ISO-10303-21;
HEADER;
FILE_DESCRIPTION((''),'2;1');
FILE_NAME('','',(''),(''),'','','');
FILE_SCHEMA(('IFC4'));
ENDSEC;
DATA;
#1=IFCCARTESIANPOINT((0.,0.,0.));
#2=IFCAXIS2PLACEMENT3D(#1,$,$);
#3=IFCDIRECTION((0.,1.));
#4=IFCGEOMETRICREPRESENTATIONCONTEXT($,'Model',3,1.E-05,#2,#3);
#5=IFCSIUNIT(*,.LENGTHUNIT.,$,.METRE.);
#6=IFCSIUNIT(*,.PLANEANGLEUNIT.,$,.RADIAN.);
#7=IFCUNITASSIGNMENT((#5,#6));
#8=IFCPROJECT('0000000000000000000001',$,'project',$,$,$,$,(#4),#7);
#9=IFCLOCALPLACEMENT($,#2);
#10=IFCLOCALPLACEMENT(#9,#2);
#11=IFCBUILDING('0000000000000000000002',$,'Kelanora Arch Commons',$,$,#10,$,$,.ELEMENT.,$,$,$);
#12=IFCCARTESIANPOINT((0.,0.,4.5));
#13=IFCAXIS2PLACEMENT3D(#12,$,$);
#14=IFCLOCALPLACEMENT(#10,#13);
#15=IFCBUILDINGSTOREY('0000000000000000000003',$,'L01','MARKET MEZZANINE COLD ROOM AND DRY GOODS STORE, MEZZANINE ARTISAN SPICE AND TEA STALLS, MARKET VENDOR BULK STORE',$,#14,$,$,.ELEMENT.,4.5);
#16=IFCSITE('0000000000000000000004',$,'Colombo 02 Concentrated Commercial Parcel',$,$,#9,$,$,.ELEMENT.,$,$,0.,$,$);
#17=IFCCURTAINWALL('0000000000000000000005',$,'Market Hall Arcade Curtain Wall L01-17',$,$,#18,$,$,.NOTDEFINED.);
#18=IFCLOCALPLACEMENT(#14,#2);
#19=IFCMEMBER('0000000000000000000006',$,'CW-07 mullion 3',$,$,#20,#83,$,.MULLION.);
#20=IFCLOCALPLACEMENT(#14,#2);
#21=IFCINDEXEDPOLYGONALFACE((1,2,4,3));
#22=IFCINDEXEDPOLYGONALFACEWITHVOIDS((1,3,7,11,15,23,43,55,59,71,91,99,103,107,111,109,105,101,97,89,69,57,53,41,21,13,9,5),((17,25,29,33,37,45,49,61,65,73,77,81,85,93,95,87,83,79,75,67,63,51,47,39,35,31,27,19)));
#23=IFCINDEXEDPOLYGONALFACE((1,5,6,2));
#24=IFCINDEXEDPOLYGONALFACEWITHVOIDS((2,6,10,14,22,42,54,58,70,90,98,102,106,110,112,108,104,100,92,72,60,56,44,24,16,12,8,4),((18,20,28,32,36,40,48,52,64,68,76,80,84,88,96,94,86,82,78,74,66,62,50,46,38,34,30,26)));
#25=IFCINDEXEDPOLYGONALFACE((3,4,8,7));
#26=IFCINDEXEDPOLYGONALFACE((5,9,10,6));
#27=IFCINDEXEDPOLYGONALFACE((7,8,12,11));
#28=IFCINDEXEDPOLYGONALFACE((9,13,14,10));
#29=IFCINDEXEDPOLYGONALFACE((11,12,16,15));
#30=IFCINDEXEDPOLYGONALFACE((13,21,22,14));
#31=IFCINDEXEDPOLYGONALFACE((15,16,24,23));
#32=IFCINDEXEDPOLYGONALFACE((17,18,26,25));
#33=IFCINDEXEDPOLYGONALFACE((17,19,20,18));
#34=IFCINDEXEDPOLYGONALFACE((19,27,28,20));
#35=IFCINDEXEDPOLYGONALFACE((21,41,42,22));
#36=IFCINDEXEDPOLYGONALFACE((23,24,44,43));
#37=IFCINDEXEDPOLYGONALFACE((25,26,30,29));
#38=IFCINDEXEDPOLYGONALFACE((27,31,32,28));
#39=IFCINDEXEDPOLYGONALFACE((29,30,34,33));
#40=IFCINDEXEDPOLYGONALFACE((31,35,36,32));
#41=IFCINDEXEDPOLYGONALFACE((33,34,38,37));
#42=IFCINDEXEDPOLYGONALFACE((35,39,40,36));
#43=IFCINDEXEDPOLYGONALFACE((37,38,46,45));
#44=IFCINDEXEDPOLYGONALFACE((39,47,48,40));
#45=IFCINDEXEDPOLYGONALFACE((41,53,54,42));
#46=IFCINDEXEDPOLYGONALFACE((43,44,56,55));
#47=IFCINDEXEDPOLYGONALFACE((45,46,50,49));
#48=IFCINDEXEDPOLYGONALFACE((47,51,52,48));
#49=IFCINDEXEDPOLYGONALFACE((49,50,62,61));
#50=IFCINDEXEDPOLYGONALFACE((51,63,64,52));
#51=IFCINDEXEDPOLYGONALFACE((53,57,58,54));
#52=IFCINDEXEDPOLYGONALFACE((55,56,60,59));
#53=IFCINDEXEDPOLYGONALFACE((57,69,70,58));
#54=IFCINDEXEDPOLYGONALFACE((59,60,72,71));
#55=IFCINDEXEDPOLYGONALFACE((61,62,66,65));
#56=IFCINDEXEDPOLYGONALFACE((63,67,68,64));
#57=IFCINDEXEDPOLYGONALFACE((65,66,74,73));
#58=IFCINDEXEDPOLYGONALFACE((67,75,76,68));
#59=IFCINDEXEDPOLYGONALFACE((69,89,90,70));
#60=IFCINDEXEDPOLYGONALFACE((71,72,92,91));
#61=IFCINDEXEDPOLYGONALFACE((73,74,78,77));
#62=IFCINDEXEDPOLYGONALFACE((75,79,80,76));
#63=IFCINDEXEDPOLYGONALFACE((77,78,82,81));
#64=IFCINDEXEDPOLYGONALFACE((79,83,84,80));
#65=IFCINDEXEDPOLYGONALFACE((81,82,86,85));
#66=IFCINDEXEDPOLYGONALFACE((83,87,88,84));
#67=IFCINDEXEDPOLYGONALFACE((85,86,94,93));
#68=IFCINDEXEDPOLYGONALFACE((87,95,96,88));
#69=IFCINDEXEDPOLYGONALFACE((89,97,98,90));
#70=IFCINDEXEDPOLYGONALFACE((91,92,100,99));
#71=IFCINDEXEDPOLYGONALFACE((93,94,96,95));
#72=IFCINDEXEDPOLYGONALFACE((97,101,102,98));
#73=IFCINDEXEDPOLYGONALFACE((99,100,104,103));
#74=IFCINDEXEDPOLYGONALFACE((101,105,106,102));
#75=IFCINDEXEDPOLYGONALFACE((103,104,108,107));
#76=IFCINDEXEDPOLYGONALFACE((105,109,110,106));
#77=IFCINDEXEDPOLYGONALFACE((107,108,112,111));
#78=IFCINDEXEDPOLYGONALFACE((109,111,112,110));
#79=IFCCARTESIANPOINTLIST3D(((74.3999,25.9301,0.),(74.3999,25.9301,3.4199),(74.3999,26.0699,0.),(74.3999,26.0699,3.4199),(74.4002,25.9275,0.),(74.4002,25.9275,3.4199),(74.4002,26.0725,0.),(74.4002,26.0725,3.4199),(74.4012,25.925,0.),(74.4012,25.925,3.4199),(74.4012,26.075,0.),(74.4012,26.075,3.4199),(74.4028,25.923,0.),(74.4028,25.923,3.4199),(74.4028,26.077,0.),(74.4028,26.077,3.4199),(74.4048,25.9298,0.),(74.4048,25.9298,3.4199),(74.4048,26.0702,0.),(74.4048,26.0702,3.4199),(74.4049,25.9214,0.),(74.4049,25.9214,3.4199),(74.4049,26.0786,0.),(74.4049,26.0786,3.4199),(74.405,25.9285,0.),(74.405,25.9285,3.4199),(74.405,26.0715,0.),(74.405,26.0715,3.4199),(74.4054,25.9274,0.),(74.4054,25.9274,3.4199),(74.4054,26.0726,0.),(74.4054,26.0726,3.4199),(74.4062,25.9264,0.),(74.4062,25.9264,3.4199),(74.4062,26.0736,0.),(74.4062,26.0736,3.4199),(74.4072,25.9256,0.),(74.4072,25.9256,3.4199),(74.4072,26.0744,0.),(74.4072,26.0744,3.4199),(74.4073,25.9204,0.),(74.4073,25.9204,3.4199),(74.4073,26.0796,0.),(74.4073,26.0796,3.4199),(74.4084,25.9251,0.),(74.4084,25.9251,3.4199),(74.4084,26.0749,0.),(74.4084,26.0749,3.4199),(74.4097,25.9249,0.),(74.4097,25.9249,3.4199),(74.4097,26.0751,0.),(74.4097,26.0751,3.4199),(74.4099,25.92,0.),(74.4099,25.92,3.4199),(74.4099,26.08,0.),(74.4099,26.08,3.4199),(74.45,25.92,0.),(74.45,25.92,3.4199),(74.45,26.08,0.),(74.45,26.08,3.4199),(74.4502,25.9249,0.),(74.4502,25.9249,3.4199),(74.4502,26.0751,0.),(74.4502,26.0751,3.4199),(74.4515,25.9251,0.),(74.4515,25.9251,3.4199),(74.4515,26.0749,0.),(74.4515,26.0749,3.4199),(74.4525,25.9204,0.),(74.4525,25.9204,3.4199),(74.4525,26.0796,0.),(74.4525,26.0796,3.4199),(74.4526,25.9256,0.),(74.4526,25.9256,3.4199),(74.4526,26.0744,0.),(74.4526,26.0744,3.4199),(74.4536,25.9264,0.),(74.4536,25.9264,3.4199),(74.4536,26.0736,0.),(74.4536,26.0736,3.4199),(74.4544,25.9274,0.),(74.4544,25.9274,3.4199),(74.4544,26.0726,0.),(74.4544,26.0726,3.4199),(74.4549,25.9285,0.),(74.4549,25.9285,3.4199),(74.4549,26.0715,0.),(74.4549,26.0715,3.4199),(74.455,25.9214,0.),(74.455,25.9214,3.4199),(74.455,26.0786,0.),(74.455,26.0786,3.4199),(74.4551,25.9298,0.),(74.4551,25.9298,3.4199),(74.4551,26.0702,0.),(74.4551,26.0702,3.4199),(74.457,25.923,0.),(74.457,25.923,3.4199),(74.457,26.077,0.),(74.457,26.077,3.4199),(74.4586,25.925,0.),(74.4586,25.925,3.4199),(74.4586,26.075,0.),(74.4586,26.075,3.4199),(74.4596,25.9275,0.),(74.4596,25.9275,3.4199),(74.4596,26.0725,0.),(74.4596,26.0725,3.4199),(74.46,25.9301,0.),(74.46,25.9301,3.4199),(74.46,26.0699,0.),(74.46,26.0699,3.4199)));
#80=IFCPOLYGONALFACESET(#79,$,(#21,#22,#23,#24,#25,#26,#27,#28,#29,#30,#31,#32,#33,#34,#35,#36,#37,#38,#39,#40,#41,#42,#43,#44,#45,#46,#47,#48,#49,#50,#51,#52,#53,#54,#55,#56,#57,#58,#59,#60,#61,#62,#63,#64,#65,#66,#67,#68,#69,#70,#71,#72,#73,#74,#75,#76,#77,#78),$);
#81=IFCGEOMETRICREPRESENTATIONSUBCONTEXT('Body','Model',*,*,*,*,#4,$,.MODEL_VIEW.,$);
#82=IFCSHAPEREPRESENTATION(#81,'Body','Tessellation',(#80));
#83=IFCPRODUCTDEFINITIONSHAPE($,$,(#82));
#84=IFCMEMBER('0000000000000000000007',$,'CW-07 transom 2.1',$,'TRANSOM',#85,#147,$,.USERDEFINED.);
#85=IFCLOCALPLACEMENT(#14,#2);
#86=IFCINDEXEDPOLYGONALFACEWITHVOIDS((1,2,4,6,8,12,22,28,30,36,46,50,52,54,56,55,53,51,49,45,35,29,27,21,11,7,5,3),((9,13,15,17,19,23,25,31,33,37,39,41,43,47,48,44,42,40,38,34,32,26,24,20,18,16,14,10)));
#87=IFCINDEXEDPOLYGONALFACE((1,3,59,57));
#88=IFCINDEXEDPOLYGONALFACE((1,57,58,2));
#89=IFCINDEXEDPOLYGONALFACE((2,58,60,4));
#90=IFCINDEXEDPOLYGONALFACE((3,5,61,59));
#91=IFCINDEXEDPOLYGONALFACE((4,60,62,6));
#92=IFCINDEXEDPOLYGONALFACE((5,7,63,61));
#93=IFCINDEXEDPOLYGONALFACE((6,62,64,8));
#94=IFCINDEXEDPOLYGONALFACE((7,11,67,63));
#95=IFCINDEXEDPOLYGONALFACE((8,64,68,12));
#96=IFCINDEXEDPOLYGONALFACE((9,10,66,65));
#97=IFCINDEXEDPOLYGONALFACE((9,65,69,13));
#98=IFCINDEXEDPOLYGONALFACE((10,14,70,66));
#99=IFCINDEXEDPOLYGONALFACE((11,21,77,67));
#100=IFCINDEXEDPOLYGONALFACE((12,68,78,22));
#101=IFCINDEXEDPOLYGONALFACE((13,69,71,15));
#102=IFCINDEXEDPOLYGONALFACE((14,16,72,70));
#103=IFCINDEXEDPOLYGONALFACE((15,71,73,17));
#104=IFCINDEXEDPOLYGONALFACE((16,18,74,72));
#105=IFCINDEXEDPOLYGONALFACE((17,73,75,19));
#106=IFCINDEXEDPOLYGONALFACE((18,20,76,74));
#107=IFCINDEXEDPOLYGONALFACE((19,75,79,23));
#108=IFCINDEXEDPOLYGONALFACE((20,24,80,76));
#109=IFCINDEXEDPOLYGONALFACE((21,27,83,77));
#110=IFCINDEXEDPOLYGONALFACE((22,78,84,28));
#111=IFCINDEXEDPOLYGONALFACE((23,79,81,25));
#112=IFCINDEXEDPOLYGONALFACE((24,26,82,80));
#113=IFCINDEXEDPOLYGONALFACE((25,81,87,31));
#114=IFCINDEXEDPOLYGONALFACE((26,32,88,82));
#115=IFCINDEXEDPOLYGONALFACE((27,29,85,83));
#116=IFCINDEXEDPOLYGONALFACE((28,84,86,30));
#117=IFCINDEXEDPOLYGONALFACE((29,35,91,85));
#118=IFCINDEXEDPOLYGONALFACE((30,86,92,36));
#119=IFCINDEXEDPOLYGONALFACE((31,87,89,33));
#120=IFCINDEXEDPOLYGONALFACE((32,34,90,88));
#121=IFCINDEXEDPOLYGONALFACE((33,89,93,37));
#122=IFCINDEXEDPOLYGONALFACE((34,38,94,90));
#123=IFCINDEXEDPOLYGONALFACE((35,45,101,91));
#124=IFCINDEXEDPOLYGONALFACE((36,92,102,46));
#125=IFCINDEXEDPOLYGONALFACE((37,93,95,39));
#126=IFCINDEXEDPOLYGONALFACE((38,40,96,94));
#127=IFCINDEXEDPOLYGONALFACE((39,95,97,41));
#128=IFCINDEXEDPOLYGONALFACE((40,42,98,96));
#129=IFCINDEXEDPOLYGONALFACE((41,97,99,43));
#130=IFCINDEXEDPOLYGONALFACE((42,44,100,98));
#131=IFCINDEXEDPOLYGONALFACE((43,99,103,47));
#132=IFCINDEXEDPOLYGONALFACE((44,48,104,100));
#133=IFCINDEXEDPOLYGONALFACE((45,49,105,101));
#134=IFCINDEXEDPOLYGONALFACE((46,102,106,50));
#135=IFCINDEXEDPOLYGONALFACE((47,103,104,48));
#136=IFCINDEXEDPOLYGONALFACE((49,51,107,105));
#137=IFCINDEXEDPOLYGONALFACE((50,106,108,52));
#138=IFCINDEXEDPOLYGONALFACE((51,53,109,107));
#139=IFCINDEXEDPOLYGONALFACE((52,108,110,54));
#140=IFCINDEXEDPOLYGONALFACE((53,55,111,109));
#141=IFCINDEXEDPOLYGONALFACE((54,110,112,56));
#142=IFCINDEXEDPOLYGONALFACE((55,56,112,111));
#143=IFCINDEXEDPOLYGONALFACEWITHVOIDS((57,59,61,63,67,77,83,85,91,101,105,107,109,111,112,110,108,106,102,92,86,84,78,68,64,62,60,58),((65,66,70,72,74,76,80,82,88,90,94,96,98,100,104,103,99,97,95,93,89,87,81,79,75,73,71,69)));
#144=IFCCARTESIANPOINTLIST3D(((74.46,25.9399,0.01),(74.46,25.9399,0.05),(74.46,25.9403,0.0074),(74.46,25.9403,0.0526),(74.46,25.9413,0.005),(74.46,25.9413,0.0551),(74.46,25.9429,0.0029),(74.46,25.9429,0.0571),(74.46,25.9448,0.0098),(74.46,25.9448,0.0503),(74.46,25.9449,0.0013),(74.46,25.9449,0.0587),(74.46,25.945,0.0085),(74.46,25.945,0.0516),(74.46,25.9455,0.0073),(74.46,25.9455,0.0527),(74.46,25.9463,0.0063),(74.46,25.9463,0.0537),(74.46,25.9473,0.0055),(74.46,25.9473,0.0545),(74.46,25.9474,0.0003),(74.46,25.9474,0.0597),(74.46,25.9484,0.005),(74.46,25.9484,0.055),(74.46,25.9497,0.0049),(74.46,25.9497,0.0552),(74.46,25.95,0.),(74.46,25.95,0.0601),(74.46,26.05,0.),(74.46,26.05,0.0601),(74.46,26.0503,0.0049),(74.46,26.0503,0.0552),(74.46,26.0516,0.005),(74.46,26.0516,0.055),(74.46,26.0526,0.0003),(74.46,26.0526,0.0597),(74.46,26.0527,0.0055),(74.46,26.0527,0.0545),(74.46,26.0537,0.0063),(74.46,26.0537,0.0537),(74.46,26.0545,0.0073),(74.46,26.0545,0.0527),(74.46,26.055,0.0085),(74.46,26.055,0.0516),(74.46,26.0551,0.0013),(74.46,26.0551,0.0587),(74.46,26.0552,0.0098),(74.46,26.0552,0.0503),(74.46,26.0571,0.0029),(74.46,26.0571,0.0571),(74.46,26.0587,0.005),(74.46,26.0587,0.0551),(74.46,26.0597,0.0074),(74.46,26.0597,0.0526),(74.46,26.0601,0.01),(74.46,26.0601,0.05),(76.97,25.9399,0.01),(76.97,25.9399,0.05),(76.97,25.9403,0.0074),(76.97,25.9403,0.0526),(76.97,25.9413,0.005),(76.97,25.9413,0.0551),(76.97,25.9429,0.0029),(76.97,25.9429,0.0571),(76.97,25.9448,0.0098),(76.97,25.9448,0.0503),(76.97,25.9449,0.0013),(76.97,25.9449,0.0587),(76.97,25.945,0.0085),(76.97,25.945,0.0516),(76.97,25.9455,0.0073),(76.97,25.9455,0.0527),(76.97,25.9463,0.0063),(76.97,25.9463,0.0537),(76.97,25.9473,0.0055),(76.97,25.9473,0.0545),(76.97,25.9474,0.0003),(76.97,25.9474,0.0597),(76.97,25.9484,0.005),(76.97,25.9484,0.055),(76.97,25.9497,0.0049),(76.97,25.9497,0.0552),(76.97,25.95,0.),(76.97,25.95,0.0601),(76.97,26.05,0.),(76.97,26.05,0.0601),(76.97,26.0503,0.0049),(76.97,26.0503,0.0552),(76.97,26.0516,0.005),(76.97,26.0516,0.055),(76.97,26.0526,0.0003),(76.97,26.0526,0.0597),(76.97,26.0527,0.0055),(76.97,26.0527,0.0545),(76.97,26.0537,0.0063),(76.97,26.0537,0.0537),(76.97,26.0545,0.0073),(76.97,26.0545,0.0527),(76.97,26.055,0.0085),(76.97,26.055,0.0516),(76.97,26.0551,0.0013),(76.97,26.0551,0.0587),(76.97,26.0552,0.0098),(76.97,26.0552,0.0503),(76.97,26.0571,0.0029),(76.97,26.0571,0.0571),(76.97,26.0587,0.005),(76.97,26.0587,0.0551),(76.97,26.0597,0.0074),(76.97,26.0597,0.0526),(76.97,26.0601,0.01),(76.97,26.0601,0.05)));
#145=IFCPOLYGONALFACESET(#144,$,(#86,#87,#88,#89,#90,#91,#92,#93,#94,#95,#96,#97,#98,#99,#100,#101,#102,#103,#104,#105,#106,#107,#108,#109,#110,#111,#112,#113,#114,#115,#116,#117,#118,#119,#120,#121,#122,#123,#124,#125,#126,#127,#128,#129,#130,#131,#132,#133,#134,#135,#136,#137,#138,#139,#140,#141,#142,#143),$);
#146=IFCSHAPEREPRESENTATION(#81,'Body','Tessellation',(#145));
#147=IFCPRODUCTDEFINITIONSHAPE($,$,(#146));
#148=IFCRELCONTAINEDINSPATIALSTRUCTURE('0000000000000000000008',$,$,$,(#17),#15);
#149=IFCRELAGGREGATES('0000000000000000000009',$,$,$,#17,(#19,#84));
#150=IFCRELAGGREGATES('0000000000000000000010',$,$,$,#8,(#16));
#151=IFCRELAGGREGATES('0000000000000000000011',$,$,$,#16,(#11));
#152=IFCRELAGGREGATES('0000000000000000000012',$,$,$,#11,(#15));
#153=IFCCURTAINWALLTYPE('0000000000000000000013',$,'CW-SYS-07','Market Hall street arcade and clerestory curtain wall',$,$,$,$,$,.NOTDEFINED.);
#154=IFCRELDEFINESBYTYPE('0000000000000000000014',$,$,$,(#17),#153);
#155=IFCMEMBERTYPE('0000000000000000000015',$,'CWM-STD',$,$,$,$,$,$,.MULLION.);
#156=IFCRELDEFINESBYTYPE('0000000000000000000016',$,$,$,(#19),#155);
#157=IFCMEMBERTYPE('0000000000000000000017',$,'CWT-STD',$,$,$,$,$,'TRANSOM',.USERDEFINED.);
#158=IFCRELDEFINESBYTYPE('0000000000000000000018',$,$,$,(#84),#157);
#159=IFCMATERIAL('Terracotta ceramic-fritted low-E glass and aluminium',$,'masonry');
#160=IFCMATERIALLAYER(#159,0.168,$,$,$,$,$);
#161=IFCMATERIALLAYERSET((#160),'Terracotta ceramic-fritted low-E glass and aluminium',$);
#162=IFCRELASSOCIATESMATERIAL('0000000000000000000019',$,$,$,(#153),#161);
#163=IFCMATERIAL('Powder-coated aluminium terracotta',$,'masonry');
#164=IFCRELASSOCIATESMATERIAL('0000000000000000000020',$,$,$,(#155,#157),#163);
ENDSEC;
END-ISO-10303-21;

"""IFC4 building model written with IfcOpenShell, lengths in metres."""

from ifc_helpers import new_model, si_unit, direction, frame, origin, origin_2d, place, context, subcontext, project, spatial, hollow_rectangle, extrude, material, layer, layer_set, material_profile, profile_set, type_object, element, aggregate, save


model = new_model("IFC4")

# Units and contexts
model_context = context("Model", 3, precision=1e-05, world=origin(), true_north=direction((0.0, 1.0)))
body_context = subcontext(model_context, "Body", "Model", "MODEL_VIEW")
ifc_project = project(units=[si_unit("LENGTHUNIT", "METRE"), si_unit("PLANEANGLEUNIT", "RADIAN")], contexts=[model_context])

# Site, building, storey
site_placement = place(None, origin())
site = spatial("IfcSite", under=ifc_project, at=site_placement, Name="Colombo 02 Concentrated Commercial Parcel", CompositionType="ELEMENT", RefElevation=0.0)
building_placement = place(site_placement, origin())
building = spatial("IfcBuilding", under=site, at=building_placement, Name="Kelanora Arch Commons", CompositionType="ELEMENT")
storey_placement = place(building_placement, frame((0.0, 0.0, 4.5)))
storey = spatial("IfcBuildingStorey", under=building, at=storey_placement, Name="L01", Description="MARKET MEZZANINE COLD ROOM AND DRY GOODS STORE, MEZZANINE ARTISAN SPICE AND TEA STALLS, MARKET VENDOR BULK STORE", CompositionType="ELEMENT", Elevation=4.5)

# Curtain wall, members
ifc_material_1 = material(Name="Terracotta ceramic-fritted low-E glass and aluminium", Category="masonry")
ifc_layer_1 = layer(ifc_material_1, 0.168)
ifc_layer_set_1 = layer_set([ifc_layer_1], Name="Terracotta ceramic-fritted low-E glass and aluminium")
curtain_wall_type = type_object("IfcCurtainWallType", Name="CW-SYS-07", Description="Market Hall street arcade and clerestory curtain wall", PredefinedType="NOTDEFINED", material=ifc_layer_set_1)
curtain_wall_placement = place(storey_placement, origin())
curtain_wall = element("IfcCurtainWall", 1, at=curtain_wall_placement, inside=storey, type_object=curtain_wall_type, Name="Market Hall Arcade Curtain Wall L01-17", PredefinedType="NOTDEFINED")
ifc_material_2 = material(Name="Powder-coated aluminium terracotta", Category="masonry")
ifc_material_profile_1 = material_profile(ifc_material_2, hollow_rectangle(XDim=0.1599, YDim=0.0601, WallThickness=0.0049, InnerFilletRadius=0.0049, OuterFilletRadius=0.01, at=origin_2d()), Name="CWM160x60")
ifc_profile_set_1 = profile_set([ifc_material_profile_1], Name="Powder-coated aluminium terracotta")
member_type_1 = type_object("IfcMemberType", Name="CWM-STD", PredefinedType="MULLION", material=ifc_profile_set_1)
member_1_placement = place(storey_placement, frame((74.4299, 26.0, 0.0), z_axis=(0.0, 0.0, 1.0), x_axis=(0.0, -1.0, 0.0)))
member_1 = element("IfcMember", 2, at=member_1_placement, type_object=member_type_1, Name="CW-07 mullion 3", PredefinedType="MULLION", context=body_context, shape_type="SweptSolid", body=[
    extrude(hollow_rectangle(XDim=0.1599, YDim=0.0601, WallThickness=0.0049, InnerFilletRadius=0.0049, OuterFilletRadius=0.01, at=origin_2d()), origin(), (0.0, 0.0, 1.0), 3.4199),
])
ifc_material_profile_2 = material_profile(ifc_material_2, hollow_rectangle(XDim=0.1201, YDim=0.0601, WallThickness=0.0049, InnerFilletRadius=0.0049, OuterFilletRadius=0.01, at=origin_2d()), Name="CWT120x60")
ifc_profile_set_2 = profile_set([ifc_material_profile_2], Name="Powder-coated aluminium terracotta")
member_type_2 = type_object("IfcMemberType", Name="CWT-STD", ElementType="TRANSOM", PredefinedType="USERDEFINED", material=ifc_profile_set_2)
member_2_placement = place(storey_placement, frame((76.97, 26.0, 0.03), z_axis=(-1.0, 0.0, 0.0), x_axis=(0.0, -1.0, 0.0)))
member_2 = element("IfcMember", 3, at=member_2_placement, type_object=member_type_2, Name="CW-07 transom 2.1", ObjectType="TRANSOM", PredefinedType="USERDEFINED", context=body_context, shape_type="SweptSolid", body=[
    extrude(hollow_rectangle(XDim=0.1201, YDim=0.0601, WallThickness=0.0049, InnerFilletRadius=0.0049, OuterFilletRadius=0.01, at=origin_2d()), origin(), (0.0, 0.0, 1.0), 2.51),
])
aggregate(curtain_wall, [member_1, member_2])

save(model, "model.ifc")
